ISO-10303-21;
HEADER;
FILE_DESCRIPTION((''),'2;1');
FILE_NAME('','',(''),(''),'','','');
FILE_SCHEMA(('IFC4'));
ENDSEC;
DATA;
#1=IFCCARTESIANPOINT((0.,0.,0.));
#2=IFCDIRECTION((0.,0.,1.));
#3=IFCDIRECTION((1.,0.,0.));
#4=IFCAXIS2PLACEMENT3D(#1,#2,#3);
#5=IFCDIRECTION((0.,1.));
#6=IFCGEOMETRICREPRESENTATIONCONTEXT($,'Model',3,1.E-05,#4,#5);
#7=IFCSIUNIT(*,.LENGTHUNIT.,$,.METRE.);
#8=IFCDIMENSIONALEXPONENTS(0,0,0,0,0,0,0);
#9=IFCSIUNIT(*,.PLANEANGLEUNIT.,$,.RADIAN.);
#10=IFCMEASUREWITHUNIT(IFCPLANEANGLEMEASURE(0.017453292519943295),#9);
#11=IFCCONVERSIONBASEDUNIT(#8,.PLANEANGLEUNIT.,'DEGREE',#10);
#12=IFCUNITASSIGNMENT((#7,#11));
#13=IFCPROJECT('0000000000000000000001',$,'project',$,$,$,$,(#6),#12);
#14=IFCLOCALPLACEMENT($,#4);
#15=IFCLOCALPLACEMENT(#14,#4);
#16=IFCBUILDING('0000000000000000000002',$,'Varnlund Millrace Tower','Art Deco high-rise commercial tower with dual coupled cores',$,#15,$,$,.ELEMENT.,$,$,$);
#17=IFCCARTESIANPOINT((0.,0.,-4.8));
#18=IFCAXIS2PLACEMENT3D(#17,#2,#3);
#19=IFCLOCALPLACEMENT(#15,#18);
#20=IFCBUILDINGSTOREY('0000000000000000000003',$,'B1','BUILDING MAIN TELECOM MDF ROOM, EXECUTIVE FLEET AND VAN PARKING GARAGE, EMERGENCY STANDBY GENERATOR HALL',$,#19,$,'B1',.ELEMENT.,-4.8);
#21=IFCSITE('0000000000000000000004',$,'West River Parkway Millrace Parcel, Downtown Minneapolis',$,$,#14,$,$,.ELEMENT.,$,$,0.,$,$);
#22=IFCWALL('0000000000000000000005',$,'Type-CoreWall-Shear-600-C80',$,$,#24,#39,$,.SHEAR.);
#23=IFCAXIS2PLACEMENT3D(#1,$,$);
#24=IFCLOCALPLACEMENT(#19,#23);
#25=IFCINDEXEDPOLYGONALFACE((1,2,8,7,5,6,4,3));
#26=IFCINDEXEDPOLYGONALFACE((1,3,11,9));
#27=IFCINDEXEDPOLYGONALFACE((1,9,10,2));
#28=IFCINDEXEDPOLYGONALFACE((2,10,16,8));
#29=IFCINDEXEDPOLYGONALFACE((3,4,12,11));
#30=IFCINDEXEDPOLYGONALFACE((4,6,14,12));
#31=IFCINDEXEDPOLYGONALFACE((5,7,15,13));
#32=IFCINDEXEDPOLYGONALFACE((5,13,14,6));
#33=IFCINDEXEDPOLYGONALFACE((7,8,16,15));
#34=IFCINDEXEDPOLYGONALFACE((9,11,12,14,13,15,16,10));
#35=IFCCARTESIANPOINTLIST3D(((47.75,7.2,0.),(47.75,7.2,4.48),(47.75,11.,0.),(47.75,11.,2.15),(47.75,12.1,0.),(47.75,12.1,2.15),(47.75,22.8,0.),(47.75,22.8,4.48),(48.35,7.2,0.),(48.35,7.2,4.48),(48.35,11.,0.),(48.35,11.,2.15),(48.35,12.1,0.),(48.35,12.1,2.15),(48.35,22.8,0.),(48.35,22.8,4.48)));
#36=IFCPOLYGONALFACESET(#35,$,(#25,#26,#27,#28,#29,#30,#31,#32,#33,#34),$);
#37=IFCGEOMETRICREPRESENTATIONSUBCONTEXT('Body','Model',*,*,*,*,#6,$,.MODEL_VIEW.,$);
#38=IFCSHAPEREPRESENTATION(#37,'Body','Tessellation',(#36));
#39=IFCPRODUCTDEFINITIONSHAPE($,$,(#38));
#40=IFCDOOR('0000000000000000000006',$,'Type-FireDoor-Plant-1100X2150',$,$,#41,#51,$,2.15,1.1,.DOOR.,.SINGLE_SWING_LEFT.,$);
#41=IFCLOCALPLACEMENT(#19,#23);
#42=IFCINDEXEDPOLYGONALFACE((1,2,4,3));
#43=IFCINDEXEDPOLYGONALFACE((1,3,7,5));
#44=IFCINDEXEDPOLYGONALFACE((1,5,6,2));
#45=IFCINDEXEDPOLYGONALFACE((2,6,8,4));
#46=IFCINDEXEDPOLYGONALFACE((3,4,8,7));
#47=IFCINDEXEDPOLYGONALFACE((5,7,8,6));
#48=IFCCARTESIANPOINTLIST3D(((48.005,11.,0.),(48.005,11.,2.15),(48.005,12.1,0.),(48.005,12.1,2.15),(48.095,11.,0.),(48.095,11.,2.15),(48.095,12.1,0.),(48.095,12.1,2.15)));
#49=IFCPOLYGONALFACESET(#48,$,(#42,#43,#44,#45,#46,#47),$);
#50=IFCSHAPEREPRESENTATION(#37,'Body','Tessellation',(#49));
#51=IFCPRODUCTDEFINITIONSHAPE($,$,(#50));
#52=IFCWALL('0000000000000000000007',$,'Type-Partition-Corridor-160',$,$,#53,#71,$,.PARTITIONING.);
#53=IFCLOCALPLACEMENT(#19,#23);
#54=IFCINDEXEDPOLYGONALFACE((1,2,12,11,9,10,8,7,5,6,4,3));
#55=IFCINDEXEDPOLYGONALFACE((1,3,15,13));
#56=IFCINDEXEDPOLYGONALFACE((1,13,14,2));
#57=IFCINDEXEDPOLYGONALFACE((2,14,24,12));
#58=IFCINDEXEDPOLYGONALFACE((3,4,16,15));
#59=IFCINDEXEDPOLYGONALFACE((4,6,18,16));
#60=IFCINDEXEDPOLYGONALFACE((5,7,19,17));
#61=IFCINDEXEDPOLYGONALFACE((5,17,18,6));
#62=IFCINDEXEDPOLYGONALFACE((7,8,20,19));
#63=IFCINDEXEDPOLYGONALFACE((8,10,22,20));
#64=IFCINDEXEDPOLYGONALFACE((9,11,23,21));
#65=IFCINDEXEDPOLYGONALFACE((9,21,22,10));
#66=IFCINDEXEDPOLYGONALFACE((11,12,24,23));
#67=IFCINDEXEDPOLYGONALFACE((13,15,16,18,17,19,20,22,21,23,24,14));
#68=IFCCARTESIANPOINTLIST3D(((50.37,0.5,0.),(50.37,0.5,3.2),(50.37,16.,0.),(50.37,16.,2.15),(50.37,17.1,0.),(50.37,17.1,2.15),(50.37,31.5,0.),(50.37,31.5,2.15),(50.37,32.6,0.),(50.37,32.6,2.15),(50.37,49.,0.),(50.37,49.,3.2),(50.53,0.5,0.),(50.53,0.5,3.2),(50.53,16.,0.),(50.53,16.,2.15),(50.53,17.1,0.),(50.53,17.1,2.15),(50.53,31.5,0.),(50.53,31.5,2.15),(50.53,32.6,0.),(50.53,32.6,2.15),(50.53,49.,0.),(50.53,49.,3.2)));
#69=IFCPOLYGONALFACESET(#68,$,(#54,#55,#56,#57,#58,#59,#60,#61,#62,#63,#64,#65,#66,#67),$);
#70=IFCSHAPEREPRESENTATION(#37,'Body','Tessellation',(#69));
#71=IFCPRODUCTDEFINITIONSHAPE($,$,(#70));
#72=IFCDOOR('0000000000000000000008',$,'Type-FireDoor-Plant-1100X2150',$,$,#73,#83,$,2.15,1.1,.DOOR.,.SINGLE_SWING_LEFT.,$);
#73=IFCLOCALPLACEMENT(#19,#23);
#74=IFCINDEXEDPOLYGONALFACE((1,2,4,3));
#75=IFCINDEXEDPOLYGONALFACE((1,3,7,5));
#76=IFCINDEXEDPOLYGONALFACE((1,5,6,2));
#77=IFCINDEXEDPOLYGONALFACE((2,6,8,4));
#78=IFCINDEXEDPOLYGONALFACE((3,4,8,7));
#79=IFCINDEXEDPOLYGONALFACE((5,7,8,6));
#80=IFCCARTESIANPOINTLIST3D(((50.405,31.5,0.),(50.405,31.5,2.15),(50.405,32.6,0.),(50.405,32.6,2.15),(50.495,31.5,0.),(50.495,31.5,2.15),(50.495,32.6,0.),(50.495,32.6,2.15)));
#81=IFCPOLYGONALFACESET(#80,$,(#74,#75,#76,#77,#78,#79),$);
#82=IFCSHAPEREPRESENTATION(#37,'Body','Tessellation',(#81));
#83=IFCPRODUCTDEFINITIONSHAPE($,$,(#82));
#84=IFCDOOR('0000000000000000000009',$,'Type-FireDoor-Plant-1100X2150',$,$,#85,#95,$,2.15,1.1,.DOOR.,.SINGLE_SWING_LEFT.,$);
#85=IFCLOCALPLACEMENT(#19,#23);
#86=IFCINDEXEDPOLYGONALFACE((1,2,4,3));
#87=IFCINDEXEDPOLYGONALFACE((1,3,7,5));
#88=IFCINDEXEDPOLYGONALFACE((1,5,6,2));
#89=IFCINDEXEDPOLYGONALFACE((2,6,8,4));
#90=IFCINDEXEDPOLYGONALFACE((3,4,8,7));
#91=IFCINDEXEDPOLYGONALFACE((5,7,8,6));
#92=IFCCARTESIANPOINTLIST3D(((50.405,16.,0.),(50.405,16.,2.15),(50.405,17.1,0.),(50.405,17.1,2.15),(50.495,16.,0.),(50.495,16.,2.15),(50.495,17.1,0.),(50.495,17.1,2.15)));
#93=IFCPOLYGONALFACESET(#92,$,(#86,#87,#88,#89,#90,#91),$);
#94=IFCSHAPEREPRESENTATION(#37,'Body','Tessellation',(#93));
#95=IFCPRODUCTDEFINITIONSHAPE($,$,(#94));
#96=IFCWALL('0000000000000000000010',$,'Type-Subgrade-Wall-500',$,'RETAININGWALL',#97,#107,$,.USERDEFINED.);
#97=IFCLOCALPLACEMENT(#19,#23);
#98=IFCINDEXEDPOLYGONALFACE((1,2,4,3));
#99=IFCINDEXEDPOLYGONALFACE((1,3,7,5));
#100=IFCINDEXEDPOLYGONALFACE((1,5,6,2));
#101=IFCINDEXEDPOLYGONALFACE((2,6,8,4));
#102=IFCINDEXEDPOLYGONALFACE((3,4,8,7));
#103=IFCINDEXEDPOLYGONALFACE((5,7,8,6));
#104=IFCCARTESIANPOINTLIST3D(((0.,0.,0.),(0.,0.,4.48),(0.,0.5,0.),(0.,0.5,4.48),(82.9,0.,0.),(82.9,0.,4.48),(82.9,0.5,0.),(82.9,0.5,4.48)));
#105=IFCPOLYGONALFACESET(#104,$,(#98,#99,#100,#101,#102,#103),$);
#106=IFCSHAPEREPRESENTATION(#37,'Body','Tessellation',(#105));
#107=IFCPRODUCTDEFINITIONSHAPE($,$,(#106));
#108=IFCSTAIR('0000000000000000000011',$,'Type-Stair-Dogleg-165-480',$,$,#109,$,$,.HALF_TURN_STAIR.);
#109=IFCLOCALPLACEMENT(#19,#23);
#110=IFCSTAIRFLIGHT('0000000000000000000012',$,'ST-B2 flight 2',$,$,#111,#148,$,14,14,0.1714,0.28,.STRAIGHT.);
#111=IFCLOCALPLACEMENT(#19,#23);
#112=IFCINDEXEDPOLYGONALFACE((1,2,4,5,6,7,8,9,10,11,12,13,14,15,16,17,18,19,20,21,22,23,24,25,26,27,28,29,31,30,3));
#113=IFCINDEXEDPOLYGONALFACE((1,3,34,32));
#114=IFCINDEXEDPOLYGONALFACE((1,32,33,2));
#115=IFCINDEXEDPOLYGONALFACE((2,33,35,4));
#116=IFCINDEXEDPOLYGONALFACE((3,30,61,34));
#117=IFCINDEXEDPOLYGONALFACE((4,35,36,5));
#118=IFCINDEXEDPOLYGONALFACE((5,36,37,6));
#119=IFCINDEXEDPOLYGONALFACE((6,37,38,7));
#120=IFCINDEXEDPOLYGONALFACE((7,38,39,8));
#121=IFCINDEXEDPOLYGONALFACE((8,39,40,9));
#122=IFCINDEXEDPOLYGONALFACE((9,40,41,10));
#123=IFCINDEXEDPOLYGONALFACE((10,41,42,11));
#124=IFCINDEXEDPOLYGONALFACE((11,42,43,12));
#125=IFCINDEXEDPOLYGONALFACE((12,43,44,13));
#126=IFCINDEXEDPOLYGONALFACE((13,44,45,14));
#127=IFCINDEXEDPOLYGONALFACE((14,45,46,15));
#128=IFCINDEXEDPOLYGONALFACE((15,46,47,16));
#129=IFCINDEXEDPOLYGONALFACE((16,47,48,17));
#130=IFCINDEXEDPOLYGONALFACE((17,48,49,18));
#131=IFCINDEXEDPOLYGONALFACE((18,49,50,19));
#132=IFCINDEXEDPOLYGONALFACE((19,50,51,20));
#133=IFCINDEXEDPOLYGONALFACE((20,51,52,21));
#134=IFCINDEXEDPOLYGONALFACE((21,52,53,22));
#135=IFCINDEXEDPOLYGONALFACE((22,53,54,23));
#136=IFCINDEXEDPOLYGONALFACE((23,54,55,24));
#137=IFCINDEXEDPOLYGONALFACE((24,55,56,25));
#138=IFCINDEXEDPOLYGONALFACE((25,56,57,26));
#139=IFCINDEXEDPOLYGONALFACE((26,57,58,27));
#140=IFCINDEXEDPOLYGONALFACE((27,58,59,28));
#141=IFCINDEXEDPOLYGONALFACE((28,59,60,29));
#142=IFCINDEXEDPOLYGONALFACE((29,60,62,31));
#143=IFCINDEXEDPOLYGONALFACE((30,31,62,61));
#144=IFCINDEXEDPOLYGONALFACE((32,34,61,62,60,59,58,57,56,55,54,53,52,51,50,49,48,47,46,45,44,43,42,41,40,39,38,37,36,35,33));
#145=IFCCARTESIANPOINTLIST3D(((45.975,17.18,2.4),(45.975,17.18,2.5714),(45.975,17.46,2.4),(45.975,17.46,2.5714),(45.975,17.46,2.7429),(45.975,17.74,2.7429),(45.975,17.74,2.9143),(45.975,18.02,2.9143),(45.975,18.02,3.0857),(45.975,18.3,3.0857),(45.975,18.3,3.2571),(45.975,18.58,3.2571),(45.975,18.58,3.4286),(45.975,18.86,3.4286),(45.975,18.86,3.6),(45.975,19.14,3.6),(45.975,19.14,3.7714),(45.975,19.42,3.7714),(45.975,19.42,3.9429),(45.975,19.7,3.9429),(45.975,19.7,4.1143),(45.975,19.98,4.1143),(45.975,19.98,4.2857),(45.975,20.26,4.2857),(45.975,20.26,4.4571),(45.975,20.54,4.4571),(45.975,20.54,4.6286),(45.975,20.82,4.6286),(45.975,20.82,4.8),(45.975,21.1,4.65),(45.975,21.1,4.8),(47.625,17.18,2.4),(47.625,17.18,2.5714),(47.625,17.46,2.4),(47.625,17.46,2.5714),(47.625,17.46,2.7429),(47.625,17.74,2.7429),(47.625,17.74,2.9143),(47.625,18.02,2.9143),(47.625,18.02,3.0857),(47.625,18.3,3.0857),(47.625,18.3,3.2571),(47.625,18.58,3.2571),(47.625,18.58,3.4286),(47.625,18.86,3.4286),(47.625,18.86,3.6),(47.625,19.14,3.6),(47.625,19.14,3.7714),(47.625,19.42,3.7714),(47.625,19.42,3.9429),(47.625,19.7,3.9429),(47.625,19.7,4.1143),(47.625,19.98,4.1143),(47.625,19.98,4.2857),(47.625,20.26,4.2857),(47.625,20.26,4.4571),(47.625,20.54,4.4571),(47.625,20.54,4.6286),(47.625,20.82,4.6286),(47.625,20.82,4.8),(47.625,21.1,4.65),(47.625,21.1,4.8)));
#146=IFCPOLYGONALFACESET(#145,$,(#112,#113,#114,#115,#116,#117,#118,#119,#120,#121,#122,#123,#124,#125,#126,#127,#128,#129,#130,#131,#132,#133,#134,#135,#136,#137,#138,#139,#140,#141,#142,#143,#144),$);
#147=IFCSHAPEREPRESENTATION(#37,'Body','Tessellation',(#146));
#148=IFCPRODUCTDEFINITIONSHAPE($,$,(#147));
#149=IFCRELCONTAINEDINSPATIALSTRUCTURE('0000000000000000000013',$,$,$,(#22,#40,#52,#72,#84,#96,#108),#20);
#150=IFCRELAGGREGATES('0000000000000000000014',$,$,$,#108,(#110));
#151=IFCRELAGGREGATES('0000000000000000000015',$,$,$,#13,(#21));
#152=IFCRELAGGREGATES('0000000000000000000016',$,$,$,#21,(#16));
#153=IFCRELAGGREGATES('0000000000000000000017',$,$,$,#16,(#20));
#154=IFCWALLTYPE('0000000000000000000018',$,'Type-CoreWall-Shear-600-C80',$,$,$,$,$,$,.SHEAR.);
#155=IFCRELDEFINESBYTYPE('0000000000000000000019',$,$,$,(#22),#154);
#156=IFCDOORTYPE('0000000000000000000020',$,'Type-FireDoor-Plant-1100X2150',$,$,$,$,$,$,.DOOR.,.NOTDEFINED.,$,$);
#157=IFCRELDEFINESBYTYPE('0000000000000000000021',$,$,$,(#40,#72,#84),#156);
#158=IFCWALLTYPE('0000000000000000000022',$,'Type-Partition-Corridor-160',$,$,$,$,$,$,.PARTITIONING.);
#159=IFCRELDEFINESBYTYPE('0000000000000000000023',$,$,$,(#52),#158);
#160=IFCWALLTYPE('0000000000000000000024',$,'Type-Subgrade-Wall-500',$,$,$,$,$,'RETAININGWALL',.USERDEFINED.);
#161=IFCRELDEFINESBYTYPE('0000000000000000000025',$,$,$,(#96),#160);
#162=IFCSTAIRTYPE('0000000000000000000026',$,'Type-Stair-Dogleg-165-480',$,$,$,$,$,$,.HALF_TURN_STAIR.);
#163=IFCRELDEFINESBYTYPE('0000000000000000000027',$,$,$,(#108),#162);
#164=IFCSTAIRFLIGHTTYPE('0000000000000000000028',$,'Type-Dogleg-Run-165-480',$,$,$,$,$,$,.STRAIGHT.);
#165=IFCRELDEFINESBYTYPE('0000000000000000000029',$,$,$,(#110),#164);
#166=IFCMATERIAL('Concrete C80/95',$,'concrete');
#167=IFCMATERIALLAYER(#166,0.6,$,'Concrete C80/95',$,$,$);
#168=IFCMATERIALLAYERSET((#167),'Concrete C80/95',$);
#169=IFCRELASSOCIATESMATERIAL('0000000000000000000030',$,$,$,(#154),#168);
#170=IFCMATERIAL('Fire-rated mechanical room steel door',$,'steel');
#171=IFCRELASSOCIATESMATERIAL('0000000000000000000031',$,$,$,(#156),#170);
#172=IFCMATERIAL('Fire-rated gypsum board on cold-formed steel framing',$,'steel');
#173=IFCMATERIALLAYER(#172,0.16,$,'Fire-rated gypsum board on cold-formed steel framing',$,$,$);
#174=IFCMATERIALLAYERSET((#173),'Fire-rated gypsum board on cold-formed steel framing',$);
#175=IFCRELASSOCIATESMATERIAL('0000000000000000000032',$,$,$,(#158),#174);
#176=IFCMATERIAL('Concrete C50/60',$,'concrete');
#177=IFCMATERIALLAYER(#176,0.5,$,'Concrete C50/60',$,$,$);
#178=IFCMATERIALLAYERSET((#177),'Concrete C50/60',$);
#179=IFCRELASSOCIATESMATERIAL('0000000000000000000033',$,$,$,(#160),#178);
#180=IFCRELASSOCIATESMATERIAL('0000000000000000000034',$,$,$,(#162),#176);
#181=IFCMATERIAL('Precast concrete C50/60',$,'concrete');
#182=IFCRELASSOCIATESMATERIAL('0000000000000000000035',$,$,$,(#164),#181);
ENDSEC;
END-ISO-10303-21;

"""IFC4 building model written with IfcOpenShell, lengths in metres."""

from ifc_helpers import new_model, entity, si_unit, converted_unit, direction, frame, origin_with_axes, origin_2d_with_axis, place, context, subcontext, project, spatial, polyline, rectangle, outline, extrude, material, layer, layer_set, type_object, element, fill, aggregate, save


model = new_model("IFC4")

# Units and contexts
model_context = context("Model", 3, precision=1e-05, world=origin_with_axes(), true_north=direction((0.0, 1.0)))
body_context = subcontext(model_context, "Body", "Model", "MODEL_VIEW")
ifc_project = project(units=[si_unit("LENGTHUNIT", "METRE"), converted_unit("PLANEANGLEUNIT", "DEGREE", entity("IfcPlaneAngleMeasure", 0.017453292519943295), si_unit("PLANEANGLEUNIT", "RADIAN"), dimensions=[0, 0, 0, 0, 0, 0, 0])], contexts=[model_context])

# Site, building, storey
site_placement = place(None, origin_with_axes())
site = spatial("IfcSite", under=ifc_project, at=site_placement, Name="West River Parkway Millrace Parcel, Downtown Minneapolis", CompositionType="ELEMENT", RefElevation=0.0)
building_placement = place(site_placement, origin_with_axes())
building = spatial("IfcBuilding", under=site, at=building_placement, Name="Varnlund Millrace Tower", Description="Art Deco high-rise commercial tower with dual coupled cores", CompositionType="ELEMENT")
storey_placement = place(building_placement, frame((0.0, 0.0, -4.8), z_axis=(0.0, 0.0, 1.0), x_axis=(1.0, 0.0, 0.0)))
storey = spatial("IfcBuildingStorey", under=building, at=storey_placement, Name="B1", Description="BUILDING MAIN TELECOM MDF ROOM, EXECUTIVE FLEET AND VAN PARKING GARAGE, EMERGENCY STANDBY GENERATOR HALL", LongName="B1", CompositionType="ELEMENT", Elevation=-4.8)

# Shared definitions
ifc_material_1 = material(Name="Concrete C80/95", Category="concrete")

# Wall, opening, door
ifc_layer_1 = layer(ifc_material_1, 0.6, Name="Concrete C80/95")
ifc_layer_set_1 = layer_set([ifc_layer_1], Name="Concrete C80/95")
wall_type_1 = type_object("IfcWallType", Name="Type-CoreWall-Shear-600-C80", PredefinedType="SHEAR", material=ifc_layer_set_1)
wall_1_placement = place(storey_placement, frame((48.05, 7.2, 0.0), z_axis=(0.0, 0.0, 1.0), x_axis=(0.0, 1.0, 0.0)))
wall_1 = element("IfcWall", 1, at=wall_1_placement, inside=storey, type_object=wall_type_1, Name="Type-CoreWall-Shear-600-C80", PredefinedType="SHEAR", context=body_context, shape_type="SweptSolid", body=[
    extrude(outline(polyline([(0.0, -0.3), (15.6, -0.3), (15.6, 0.3), (0.0, 0.3), (0.0, -0.3)])), origin_with_axes(), (0.0, 0.0, 1.0), 4.48),
])
opening_1_placement = place(wall_1_placement, frame((4.35, 0.0, 0.0), z_axis=(0.0, 0.0, 1.0), x_axis=(1.0, 0.0, 0.0)))
opening_1 = element("IfcOpeningElement", 2, at=opening_1_placement, cuts=wall_1, PredefinedType="OPENING", context=body_context, shape_type="SweptSolid", body=[
    extrude(rectangle(XDim=1.1, YDim=0.62, at=origin_2d_with_axis()), origin_with_axes(), (0.0, 0.0, 1.0), 2.15),
])
ifc_material_2 = material(Name="Fire-rated mechanical room steel door", Category="steel")
door_type = type_object("IfcDoorType", Name="Type-FireDoor-Plant-1100X2150", OperationType="NOTDEFINED", PredefinedType="DOOR", material=ifc_material_2)
door_1_placement = place(wall_1_placement, frame((4.35, 0.0, 0.0), z_axis=(0.0, 0.0, 1.0), x_axis=(1.0, 0.0, 0.0)))
door_1 = element("IfcDoor", 3, at=door_1_placement, inside=storey, type_object=door_type, Name="Type-FireDoor-Plant-1100X2150", OperationType="SINGLE_SWING_LEFT", OverallHeight=2.15, OverallWidth=1.1, PredefinedType="DOOR", context=body_context, shape_type="SweptSolid", body=[
    extrude(rectangle(XDim=1.1, YDim=0.09, at=origin_2d_with_axis()), origin_with_axes(), (0.0, 0.0, 1.0), 2.15),
])
fill(opening_1, door_1)

# Wall, openings, doors
ifc_material_3 = material(Name="Fire-rated gypsum board on cold-formed steel framing", Category="steel")
ifc_layer_2 = layer(ifc_material_3, 0.16, Name="Fire-rated gypsum board on cold-formed steel framing")
ifc_layer_set_2 = layer_set([ifc_layer_2], Name="Fire-rated gypsum board on cold-formed steel framing")
wall_type_2 = type_object("IfcWallType", Name="Type-Partition-Corridor-160", PredefinedType="PARTITIONING", material=ifc_layer_set_2)
wall_2_placement = place(storey_placement, frame((50.45, 0.5, 0.0), z_axis=(0.0, 0.0, 1.0), x_axis=(0.0, 1.0, 0.0)))
wall_2 = element("IfcWall", 4, at=wall_2_placement, inside=storey, type_object=wall_type_2, Name="Type-Partition-Corridor-160", PredefinedType="PARTITIONING", context=body_context, shape_type="SweptSolid", body=[
    extrude(outline(polyline([(0.0, -0.08), (48.5, -0.08), (48.5, 0.08), (0.0, 0.08), (0.0, -0.08)])), origin_with_axes(), (0.0, 0.0, 1.0), 3.2),
])
opening_2_placement = place(wall_2_placement, frame((31.55, 0.0, 0.0), z_axis=(0.0, 0.0, 1.0), x_axis=(1.0, 0.0, 0.0)))
opening_2 = element("IfcOpeningElement", 5, at=opening_2_placement, cuts=wall_2, PredefinedType="OPENING", context=body_context, shape_type="SweptSolid", body=[
    extrude(rectangle(XDim=1.1, YDim=0.18, at=origin_2d_with_axis()), origin_with_axes(), (0.0, 0.0, 1.0), 2.15),
])
opening_3_placement = place(wall_2_placement, frame((16.05, 0.0, 0.0), z_axis=(0.0, 0.0, 1.0), x_axis=(1.0, 0.0, 0.0)))
opening_3 = element("IfcOpeningElement", 6, at=opening_3_placement, cuts=wall_2, PredefinedType="OPENING", context=body_context, shape_type="SweptSolid", body=[
    extrude(rectangle(XDim=1.1, YDim=0.18, at=origin_2d_with_axis()), origin_with_axes(), (0.0, 0.0, 1.0), 2.15),
])
door_2_placement = place(wall_2_placement, frame((31.55, 0.0, 0.0), z_axis=(0.0, 0.0, 1.0), x_axis=(1.0, 0.0, 0.0)))
door_2 = element("IfcDoor", 7, at=door_2_placement, inside=storey, type_object=door_type, Name="Type-FireDoor-Plant-1100X2150", OperationType="SINGLE_SWING_LEFT", OverallHeight=2.15, OverallWidth=1.1, PredefinedType="DOOR", context=body_context, shape_type="SweptSolid", body=[
    extrude(rectangle(XDim=1.1, YDim=0.09, at=origin_2d_with_axis()), origin_with_axes(), (0.0, 0.0, 1.0), 2.15),
])
fill(opening_2, door_2)
door_3_placement = place(wall_2_placement, frame((16.05, 0.0, 0.0), z_axis=(0.0, 0.0, 1.0), x_axis=(1.0, 0.0, 0.0)))
door_3 = element("IfcDoor", 8, at=door_3_placement, inside=storey, type_object=door_type, Name="Type-FireDoor-Plant-1100X2150", OperationType="SINGLE_SWING_LEFT", OverallHeight=2.15, OverallWidth=1.1, PredefinedType="DOOR", context=body_context, shape_type="SweptSolid", body=[
    extrude(rectangle(XDim=1.1, YDim=0.09, at=origin_2d_with_axis()), origin_with_axes(), (0.0, 0.0, 1.0), 2.15),
])
fill(opening_3, door_3)

# Wall
ifc_material_4 = material(Name="Concrete C50/60", Category="concrete")
ifc_layer_3 = layer(ifc_material_4, 0.5, Name="Concrete C50/60")
ifc_layer_set_3 = layer_set([ifc_layer_3], Name="Concrete C50/60")
wall_type_3 = type_object("IfcWallType", Name="Type-Subgrade-Wall-500", ElementType="RETAININGWALL", PredefinedType="USERDEFINED", material=ifc_layer_set_3)
wall_3_placement = place(storey_placement, frame((82.9, 0.25, 0.0), z_axis=(0.0, 0.0, 1.0), x_axis=(-1.0, 0.0, 0.0)))
element("IfcWall", 9, at=wall_3_placement, inside=storey, type_object=wall_type_3, Name="Type-Subgrade-Wall-500", ObjectType="RETAININGWALL", PredefinedType="USERDEFINED", context=body_context, shape_type="SweptSolid", body=[
    extrude(outline(polyline([(0.0, -0.25), (82.9, -0.25), (82.9, 0.25), (0.0, 0.25), (0.0, -0.25)])), origin_with_axes(), (0.0, 0.0, 1.0), 4.48),
])

# Stair, stair flight
stair_type = type_object("IfcStairType", Name="Type-Stair-Dogleg-165-480", PredefinedType="HALF_TURN_STAIR", material=ifc_material_4)
stair_placement = place(storey_placement, origin_with_axes())
stair = element("IfcStair", 10, at=stair_placement, inside=storey, type_object=stair_type, Name="Type-Stair-Dogleg-165-480", PredefinedType="HALF_TURN_STAIR")
ifc_material_5 = material(Name="Precast concrete C50/60", Category="concrete")
stair_flight_type = type_object("IfcStairFlightType", Name="Type-Dogleg-Run-165-480", PredefinedType="STRAIGHT", material=ifc_material_5)
stair_flight_placement = place(storey_placement, frame((45.975, 17.18, 2.4), z_axis=(1.0, 0.0, 0.0), x_axis=(0.0, 1.0, 0.0)))
stair_flight = element("IfcStairFlight", 11, at=stair_flight_placement, type_object=stair_flight_type, Name="ST-B2 flight 2", NumberOfRisers=14, NumberOfTreads=14, PredefinedType="STRAIGHT", RiserHeight=0.1714, TreadLength=0.28, context=body_context, shape_type="SweptSolid", body=[
    extrude(outline(polyline([(0.0, 0.0), (0.0, 0.1714), (0.28, 0.1714), (0.28, 0.3429), (0.56, 0.3429), (0.56, 0.5143), (0.84, 0.5143), (0.84, 0.6857), (1.12, 0.6857), (1.12, 0.8571), (1.4, 0.8571), (1.4, 1.0286), (1.68, 1.0286), (1.68, 1.2), (1.96, 1.2), (1.96, 1.3714), (2.24, 1.3714), (2.24, 1.5429), (2.52, 1.5429), (2.52, 1.7143), (2.8, 1.7143), (2.8, 1.8857), (3.08, 1.8857), (3.08, 2.0571), (3.36, 2.0571), (3.36, 2.2286), (3.64, 2.2286), (3.64, 2.4), (3.92, 2.4), (3.92, 2.25), (0.28, 0.0), (0.0, 0.0)])), origin_with_axes(), (0.0, 0.0, 1.0), 1.65),
])
aggregate(stair, [stair_flight])

save(model, "model.ifc")
